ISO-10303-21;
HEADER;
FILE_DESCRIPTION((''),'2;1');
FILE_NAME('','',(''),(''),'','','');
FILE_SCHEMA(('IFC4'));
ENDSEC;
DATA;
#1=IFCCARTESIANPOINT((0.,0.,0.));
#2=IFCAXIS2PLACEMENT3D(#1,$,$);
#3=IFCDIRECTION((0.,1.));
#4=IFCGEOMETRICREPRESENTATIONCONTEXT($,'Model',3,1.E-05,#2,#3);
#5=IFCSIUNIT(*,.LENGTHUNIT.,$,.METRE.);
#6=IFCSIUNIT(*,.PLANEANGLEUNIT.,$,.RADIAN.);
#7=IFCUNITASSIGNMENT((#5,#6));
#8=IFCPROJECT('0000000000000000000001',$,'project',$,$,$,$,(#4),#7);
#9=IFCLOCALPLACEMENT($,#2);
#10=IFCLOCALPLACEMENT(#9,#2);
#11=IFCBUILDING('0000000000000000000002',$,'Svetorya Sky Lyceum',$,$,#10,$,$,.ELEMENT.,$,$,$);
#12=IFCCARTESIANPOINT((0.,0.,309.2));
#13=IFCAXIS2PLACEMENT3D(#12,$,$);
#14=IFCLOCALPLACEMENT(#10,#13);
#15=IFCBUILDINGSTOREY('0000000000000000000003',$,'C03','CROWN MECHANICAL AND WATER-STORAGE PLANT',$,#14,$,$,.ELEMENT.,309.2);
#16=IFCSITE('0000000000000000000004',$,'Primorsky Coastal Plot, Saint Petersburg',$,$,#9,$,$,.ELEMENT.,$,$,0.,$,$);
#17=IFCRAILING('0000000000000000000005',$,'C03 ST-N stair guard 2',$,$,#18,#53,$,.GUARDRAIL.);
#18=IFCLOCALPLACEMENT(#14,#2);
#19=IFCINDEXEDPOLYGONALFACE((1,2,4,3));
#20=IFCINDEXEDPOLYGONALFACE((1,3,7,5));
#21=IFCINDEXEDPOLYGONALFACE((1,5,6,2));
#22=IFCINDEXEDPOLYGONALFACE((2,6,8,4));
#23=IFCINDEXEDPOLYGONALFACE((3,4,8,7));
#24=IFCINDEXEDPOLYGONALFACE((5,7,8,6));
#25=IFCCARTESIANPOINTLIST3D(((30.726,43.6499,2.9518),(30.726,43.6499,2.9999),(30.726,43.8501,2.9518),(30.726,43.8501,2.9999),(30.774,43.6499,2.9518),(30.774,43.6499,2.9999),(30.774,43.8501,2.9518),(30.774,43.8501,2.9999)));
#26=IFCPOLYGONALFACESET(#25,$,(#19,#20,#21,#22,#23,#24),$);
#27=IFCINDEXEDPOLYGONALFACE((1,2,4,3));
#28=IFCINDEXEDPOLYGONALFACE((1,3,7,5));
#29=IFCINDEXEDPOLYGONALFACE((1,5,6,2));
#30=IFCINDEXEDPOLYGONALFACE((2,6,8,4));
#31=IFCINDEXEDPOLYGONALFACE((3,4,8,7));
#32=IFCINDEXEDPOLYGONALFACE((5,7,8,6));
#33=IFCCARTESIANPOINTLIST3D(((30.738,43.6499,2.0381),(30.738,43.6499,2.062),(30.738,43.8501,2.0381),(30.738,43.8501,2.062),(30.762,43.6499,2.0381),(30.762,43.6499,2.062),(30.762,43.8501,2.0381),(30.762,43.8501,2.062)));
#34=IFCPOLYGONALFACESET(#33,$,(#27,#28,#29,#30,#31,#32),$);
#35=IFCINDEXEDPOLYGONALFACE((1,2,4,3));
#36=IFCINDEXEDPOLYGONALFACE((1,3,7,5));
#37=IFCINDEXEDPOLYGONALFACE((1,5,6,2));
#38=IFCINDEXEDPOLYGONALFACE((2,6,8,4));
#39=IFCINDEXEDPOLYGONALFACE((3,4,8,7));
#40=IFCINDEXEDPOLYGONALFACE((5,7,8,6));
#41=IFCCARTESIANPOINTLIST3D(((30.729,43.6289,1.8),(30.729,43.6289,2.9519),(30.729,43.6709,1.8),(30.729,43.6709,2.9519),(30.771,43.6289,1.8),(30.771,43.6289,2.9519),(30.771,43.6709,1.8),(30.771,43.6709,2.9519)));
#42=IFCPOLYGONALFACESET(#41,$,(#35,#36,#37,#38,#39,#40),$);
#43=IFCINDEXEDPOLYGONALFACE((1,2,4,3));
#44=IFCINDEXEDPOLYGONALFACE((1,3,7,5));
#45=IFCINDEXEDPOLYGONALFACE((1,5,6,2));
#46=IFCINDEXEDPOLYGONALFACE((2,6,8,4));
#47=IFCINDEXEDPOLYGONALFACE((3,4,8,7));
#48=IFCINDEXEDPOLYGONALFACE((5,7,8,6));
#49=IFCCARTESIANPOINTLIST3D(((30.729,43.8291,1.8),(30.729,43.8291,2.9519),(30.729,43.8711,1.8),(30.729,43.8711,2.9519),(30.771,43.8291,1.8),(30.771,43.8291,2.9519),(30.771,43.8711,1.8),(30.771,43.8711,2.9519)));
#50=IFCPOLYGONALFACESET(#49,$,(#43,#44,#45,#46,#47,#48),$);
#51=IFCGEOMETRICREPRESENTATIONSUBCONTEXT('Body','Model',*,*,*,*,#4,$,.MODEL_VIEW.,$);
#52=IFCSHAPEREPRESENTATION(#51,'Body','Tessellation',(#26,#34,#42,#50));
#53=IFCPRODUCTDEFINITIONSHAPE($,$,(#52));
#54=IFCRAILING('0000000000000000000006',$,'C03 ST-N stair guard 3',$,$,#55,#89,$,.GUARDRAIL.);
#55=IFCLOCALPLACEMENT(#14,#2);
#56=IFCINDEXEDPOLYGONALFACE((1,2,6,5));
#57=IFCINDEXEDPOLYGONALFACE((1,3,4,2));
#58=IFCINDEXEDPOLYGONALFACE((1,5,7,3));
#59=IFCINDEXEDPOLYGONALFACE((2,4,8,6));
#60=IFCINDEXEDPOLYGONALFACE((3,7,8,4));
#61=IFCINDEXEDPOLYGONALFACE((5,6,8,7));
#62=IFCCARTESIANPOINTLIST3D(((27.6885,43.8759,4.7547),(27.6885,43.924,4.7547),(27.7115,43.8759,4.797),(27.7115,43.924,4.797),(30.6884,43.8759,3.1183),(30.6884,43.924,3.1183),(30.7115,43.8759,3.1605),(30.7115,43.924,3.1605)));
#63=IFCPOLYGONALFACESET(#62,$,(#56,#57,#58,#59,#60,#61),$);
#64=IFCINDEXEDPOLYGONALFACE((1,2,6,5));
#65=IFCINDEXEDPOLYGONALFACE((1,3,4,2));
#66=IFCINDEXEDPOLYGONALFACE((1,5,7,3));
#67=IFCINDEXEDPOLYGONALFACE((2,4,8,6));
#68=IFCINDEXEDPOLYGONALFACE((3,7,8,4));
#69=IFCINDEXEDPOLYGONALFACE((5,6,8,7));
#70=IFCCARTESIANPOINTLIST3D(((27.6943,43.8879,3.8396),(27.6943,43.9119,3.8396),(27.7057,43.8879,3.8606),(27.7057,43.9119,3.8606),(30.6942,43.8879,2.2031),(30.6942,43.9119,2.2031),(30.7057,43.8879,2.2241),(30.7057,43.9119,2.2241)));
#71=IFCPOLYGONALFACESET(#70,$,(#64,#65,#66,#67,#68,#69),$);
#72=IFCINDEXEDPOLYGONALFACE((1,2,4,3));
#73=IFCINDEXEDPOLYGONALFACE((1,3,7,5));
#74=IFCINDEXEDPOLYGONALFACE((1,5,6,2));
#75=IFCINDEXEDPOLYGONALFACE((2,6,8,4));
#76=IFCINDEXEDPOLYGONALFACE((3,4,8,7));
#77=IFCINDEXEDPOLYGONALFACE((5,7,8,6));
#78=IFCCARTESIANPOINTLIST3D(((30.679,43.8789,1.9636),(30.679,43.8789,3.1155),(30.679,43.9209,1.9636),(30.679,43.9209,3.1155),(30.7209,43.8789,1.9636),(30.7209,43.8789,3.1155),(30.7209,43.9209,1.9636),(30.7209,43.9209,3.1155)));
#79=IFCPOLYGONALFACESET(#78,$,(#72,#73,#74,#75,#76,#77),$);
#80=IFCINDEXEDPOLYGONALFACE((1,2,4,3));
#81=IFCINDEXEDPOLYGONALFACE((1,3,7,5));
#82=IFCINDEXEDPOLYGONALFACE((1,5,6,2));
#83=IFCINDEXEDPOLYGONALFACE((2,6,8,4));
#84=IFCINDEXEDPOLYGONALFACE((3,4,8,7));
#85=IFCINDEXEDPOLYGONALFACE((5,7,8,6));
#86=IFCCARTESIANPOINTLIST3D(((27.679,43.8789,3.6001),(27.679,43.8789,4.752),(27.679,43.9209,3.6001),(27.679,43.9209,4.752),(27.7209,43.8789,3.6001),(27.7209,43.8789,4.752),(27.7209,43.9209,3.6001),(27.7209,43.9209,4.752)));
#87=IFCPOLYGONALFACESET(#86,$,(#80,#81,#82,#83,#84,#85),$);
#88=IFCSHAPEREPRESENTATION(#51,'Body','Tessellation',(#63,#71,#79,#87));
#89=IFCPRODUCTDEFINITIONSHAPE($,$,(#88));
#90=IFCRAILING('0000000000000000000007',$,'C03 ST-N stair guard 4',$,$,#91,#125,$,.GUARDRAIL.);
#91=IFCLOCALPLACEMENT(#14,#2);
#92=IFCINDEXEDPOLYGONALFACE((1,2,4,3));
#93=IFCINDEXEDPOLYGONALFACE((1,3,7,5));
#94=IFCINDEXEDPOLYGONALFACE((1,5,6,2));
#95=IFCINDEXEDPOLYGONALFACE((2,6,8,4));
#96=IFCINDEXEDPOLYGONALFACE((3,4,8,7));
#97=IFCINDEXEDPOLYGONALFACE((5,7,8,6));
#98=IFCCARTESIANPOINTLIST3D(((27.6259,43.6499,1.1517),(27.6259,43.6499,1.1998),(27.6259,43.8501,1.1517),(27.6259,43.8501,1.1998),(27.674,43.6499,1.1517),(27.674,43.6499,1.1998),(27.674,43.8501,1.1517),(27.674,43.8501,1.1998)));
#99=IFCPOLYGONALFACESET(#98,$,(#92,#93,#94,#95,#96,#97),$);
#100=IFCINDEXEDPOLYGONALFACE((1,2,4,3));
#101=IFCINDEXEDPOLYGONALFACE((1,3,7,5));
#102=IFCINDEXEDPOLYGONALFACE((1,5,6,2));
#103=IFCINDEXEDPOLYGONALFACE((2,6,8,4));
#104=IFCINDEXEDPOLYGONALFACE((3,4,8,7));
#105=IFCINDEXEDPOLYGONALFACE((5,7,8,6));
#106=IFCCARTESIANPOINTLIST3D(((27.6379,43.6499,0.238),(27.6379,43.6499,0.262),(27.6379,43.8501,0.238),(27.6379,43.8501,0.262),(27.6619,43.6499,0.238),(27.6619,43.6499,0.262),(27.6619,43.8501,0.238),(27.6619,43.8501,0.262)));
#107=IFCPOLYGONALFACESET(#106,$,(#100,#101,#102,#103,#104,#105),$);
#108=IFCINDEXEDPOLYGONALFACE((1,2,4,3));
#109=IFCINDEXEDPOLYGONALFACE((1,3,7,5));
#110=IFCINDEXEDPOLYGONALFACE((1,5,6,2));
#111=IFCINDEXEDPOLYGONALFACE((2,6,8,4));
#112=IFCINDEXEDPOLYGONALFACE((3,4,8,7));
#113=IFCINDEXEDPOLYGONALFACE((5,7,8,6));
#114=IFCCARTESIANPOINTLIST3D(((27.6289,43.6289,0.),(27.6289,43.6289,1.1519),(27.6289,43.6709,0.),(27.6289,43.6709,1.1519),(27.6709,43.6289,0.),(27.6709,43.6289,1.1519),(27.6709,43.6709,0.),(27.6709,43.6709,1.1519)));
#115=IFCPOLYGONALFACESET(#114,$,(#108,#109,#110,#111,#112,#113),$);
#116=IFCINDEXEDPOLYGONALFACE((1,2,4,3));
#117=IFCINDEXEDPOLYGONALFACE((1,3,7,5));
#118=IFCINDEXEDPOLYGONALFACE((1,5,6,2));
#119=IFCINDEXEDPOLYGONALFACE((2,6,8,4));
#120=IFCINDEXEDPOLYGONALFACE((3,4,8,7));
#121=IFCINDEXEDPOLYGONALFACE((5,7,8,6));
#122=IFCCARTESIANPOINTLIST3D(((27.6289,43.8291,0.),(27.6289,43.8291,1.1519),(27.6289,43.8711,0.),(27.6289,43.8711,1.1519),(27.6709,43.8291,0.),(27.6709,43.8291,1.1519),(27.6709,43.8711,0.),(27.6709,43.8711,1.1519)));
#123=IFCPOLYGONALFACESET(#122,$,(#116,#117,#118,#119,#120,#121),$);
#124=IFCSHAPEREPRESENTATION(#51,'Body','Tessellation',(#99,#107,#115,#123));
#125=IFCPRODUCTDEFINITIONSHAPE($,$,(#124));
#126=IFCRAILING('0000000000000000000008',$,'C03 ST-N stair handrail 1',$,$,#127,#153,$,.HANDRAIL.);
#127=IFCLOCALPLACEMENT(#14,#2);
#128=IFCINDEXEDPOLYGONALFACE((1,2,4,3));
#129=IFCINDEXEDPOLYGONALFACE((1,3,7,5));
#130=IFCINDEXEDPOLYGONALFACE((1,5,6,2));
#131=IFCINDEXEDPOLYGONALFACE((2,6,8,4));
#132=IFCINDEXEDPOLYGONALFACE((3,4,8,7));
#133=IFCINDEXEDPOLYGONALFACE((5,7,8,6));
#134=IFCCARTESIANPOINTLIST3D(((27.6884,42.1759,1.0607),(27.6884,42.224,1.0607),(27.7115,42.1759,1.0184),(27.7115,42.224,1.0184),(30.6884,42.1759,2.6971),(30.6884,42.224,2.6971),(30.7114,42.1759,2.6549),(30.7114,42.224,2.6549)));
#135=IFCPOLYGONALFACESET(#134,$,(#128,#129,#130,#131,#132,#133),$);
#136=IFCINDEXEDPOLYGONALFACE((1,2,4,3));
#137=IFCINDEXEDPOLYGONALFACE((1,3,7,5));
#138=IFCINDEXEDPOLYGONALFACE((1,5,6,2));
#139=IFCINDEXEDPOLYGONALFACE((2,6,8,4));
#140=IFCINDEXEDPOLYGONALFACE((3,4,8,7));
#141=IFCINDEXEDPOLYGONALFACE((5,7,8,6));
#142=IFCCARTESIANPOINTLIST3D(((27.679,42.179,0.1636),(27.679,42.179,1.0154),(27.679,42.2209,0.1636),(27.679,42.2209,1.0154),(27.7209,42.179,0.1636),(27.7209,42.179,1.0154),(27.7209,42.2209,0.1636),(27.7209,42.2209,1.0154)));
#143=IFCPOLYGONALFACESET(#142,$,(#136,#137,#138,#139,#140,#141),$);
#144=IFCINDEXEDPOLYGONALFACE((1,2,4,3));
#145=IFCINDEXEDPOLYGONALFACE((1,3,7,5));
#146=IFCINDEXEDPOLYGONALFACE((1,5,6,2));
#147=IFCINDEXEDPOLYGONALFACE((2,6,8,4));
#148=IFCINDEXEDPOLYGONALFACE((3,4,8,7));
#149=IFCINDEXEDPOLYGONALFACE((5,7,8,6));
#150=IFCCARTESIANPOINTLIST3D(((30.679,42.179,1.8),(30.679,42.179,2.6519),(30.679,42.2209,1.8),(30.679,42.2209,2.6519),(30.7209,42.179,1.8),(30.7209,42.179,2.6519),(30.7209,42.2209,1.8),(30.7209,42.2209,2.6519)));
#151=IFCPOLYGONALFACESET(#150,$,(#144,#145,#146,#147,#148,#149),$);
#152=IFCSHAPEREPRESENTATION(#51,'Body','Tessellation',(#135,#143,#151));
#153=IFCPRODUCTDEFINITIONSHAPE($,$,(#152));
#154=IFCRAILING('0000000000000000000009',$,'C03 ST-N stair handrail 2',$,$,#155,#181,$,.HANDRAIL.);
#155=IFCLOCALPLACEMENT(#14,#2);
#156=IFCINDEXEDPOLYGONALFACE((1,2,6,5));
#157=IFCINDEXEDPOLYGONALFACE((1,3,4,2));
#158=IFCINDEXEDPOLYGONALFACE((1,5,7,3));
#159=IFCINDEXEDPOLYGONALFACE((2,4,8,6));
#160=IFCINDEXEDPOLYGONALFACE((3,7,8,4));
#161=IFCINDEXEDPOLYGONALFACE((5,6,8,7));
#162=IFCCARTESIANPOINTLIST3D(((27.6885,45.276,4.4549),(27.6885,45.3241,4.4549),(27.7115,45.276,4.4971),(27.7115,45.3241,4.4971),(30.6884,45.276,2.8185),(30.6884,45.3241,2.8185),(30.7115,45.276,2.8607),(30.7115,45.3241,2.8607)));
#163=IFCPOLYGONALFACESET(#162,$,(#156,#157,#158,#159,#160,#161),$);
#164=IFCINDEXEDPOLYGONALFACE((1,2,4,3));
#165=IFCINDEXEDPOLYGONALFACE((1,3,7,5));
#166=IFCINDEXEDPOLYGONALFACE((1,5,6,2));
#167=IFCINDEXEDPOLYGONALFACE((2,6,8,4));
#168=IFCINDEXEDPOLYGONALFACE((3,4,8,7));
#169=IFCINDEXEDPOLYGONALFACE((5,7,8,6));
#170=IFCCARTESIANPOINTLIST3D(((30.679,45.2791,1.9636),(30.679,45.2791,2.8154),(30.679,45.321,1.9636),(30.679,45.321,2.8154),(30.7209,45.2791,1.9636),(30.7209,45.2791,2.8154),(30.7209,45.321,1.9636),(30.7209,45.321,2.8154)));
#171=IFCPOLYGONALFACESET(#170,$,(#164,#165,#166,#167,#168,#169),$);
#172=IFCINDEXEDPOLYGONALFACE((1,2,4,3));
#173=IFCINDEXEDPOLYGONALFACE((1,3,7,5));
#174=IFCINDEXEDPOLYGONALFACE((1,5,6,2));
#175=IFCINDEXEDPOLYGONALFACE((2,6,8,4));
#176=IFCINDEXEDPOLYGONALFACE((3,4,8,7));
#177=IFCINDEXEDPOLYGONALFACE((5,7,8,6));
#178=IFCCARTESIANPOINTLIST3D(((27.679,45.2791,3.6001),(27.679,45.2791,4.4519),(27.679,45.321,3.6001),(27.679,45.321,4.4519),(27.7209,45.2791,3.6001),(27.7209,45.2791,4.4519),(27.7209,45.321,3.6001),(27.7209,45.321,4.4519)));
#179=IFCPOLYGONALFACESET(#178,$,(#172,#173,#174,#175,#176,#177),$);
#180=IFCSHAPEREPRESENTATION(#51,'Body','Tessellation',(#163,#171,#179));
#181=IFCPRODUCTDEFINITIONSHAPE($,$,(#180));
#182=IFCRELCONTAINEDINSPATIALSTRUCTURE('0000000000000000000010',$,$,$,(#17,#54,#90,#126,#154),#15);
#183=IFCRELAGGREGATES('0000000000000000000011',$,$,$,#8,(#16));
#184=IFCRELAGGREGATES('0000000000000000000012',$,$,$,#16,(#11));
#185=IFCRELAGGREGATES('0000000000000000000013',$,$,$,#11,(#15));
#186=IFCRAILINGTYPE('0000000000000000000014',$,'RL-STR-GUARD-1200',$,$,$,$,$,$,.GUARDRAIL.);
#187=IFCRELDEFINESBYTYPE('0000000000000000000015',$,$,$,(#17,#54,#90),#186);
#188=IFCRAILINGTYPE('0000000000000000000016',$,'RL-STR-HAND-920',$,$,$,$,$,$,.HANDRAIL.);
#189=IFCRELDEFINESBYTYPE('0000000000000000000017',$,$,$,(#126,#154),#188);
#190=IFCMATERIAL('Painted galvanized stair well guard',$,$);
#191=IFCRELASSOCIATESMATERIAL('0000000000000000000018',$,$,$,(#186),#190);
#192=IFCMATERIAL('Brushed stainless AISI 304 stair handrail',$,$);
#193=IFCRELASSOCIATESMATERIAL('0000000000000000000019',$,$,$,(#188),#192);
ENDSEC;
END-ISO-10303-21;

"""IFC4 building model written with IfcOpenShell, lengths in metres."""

from ifc_helpers import new_model, si_unit, direction, frame, origin, origin_2d, place, context, subcontext, project, spatial, rectangle, extrude, material, type_object, element, save


model = new_model("IFC4")

# Units and contexts
model_context = context("Model", 3, precision=1e-05, world=origin(), true_north=direction((0.0, 1.0)))
body_context = subcontext(model_context, "Body", "Model", "MODEL_VIEW")
ifc_project = project(units=[si_unit("LENGTHUNIT", "METRE"), si_unit("PLANEANGLEUNIT", "RADIAN")], contexts=[model_context])

# Site, building, storey
site_placement = place(None, origin())
site = spatial("IfcSite", under=ifc_project, at=site_placement, Name="Primorsky Coastal Plot, Saint Petersburg", CompositionType="ELEMENT", RefElevation=0.0)
building_placement = place(site_placement, origin())
building = spatial("IfcBuilding", under=site, at=building_placement, Name="Svetorya Sky Lyceum", CompositionType="ELEMENT")
storey_placement = place(building_placement, frame((0.0, 0.0, 309.2)))
storey = spatial("IfcBuildingStorey", under=building, at=storey_placement, Name="C03", Description="CROWN MECHANICAL AND WATER-STORAGE PLANT", CompositionType="ELEMENT", Elevation=309.2)

# Railings
ifc_material_1 = material(Name="Painted galvanized stair well guard")
railing_type_1 = type_object("IfcRailingType", Name="RL-STR-GUARD-1200", PredefinedType="GUARDRAIL", material=ifc_material_1)
railing_1_placement = place(storey_placement, frame((30.75, 43.6499, 1.8)))
element("IfcRailing", 1, at=railing_1_placement, inside=storey, type_object=railing_type_1, Name="C03 ST-N stair guard 2", PredefinedType="GUARDRAIL", context=body_context, shape_type="SweptSolid", body=[
    extrude(rectangle(XDim=0.0481, YDim=0.0481, at=origin_2d()), frame((0.0, 0.0, 1.1758), z_axis=(0.0, 1.0, 0.0), x_axis=(-1.0, 0.0, 0.0)), (0.0, 0.0, 1.0), 0.2002),
    extrude(rectangle(XDim=0.0239, YDim=0.0239, at=origin_2d()), frame((0.0, 0.0, 0.25), z_axis=(0.0, 1.0, 0.0), x_axis=(-1.0, 0.0, 0.0)), (0.0, 0.0, 1.0), 0.2002),
    extrude(rectangle(XDim=0.042, YDim=0.042, at=origin_2d()), origin(), (0.0, 0.0, 1.0), 1.1519),
    extrude(rectangle(XDim=0.042, YDim=0.042, at=origin_2d()), frame((0.0, 0.2002, 0.0)), (0.0, 0.0, 1.0), 1.1519),
])
railing_2_placement = place(storey_placement, frame((30.7, 43.8999, 1.9636)))
element("IfcRailing", 2, at=railing_2_placement, inside=storey, type_object=railing_type_1, Name="C03 ST-N stair guard 3", PredefinedType="GUARDRAIL", context=body_context, shape_type="SweptSolid", body=[
    extrude(rectangle(XDim=0.0481, YDim=0.0481, at=origin_2d()), frame((0.0, 0.0, 1.1758), z_axis=(-0.877882, 0.0, 0.478877), x_axis=(0.0, -1.0, 0.0)), (0.0, 0.0, 1.0), 3.4172),
    extrude(rectangle(XDim=0.0239, YDim=0.0239, at=origin_2d()), frame((0.0, 0.0, 0.25), z_axis=(-0.877882, 0.0, 0.478877), x_axis=(0.0, -1.0, 0.0)), (0.0, 0.0, 1.0), 3.4172),
    extrude(rectangle(XDim=0.042, YDim=0.042, at=origin_2d()), origin(), (0.0, 0.0, 1.0), 1.1519),
    extrude(rectangle(XDim=0.042, YDim=0.042, at=origin_2d()), frame((-3.0, 0.0, 1.6365)), (0.0, 0.0, 1.0), 1.1519),
])
railing_3_placement = place(storey_placement, frame((27.6499, 43.6499, 0.0)))
element("IfcRailing", 3, at=railing_3_placement, inside=storey, type_object=railing_type_1, Name="C03 ST-N stair guard 4", PredefinedType="GUARDRAIL", context=body_context, shape_type="SweptSolid", body=[
    extrude(rectangle(XDim=0.0481, YDim=0.0481, at=origin_2d()), frame((0.0, 0.0, 1.1758), z_axis=(0.0, 1.0, 0.0), x_axis=(-1.0, 0.0, 0.0)), (0.0, 0.0, 1.0), 0.2002),
    extrude(rectangle(XDim=0.0239, YDim=0.0239, at=origin_2d()), frame((0.0, 0.0, 0.25), z_axis=(0.0, 1.0, 0.0), x_axis=(-1.0, 0.0, 0.0)), (0.0, 0.0, 1.0), 0.2002),
    extrude(rectangle(XDim=0.042, YDim=0.042, at=origin_2d()), origin(), (0.0, 0.0, 1.0), 1.1519),
    extrude(rectangle(XDim=0.042, YDim=0.042, at=origin_2d()), frame((0.0, 0.2002, 0.0)), (0.0, 0.0, 1.0), 1.1519),
])
ifc_material_2 = material(Name="Brushed stainless AISI 304 stair handrail")
railing_type_2 = type_object("IfcRailingType", Name="RL-STR-HAND-920", PredefinedType="HANDRAIL", material=ifc_material_2)
railing_4_placement = place(storey_placement, frame((27.7, 42.2, 0.1636)))
element("IfcRailing", 4, at=railing_4_placement, inside=storey, type_object=railing_type_2, Name="C03 ST-N stair handrail 1", PredefinedType="HANDRAIL", context=body_context, shape_type="SweptSolid", body=[
    extrude(rectangle(XDim=0.0481, YDim=0.0481, at=origin_2d()), frame((0.0, 0.0, 0.876), z_axis=(0.877882, 0.0, 0.478877), x_axis=(0.0, 1.0, 0.0)), (0.0, 0.0, 1.0), 3.4172),
    extrude(rectangle(XDim=0.042, YDim=0.042, at=origin_2d()), origin(), (0.0, 0.0, 1.0), 0.8518),
    extrude(rectangle(XDim=0.042, YDim=0.042, at=origin_2d()), frame((3.0, 0.0, 1.6365)), (0.0, 0.0, 1.0), 0.8518),
])
railing_5_placement = place(storey_placement, frame((30.7, 45.3, 1.9636)))
element("IfcRailing", 5, at=railing_5_placement, inside=storey, type_object=railing_type_2, Name="C03 ST-N stair handrail 2", PredefinedType="HANDRAIL", context=body_context, shape_type="SweptSolid", body=[
    extrude(rectangle(XDim=0.0481, YDim=0.0481, at=origin_2d()), frame((0.0, 0.0, 0.876), z_axis=(-0.877882, 0.0, 0.478877), x_axis=(0.0, -1.0, 0.0)), (0.0, 0.0, 1.0), 3.4172),
    extrude(rectangle(XDim=0.042, YDim=0.042, at=origin_2d()), origin(), (0.0, 0.0, 1.0), 0.8518),
    extrude(rectangle(XDim=0.042, YDim=0.042, at=origin_2d()), frame((-3.0, 0.0, 1.6365)), (0.0, 0.0, 1.0), 0.8518),
])

save(model, "model.ifc")
